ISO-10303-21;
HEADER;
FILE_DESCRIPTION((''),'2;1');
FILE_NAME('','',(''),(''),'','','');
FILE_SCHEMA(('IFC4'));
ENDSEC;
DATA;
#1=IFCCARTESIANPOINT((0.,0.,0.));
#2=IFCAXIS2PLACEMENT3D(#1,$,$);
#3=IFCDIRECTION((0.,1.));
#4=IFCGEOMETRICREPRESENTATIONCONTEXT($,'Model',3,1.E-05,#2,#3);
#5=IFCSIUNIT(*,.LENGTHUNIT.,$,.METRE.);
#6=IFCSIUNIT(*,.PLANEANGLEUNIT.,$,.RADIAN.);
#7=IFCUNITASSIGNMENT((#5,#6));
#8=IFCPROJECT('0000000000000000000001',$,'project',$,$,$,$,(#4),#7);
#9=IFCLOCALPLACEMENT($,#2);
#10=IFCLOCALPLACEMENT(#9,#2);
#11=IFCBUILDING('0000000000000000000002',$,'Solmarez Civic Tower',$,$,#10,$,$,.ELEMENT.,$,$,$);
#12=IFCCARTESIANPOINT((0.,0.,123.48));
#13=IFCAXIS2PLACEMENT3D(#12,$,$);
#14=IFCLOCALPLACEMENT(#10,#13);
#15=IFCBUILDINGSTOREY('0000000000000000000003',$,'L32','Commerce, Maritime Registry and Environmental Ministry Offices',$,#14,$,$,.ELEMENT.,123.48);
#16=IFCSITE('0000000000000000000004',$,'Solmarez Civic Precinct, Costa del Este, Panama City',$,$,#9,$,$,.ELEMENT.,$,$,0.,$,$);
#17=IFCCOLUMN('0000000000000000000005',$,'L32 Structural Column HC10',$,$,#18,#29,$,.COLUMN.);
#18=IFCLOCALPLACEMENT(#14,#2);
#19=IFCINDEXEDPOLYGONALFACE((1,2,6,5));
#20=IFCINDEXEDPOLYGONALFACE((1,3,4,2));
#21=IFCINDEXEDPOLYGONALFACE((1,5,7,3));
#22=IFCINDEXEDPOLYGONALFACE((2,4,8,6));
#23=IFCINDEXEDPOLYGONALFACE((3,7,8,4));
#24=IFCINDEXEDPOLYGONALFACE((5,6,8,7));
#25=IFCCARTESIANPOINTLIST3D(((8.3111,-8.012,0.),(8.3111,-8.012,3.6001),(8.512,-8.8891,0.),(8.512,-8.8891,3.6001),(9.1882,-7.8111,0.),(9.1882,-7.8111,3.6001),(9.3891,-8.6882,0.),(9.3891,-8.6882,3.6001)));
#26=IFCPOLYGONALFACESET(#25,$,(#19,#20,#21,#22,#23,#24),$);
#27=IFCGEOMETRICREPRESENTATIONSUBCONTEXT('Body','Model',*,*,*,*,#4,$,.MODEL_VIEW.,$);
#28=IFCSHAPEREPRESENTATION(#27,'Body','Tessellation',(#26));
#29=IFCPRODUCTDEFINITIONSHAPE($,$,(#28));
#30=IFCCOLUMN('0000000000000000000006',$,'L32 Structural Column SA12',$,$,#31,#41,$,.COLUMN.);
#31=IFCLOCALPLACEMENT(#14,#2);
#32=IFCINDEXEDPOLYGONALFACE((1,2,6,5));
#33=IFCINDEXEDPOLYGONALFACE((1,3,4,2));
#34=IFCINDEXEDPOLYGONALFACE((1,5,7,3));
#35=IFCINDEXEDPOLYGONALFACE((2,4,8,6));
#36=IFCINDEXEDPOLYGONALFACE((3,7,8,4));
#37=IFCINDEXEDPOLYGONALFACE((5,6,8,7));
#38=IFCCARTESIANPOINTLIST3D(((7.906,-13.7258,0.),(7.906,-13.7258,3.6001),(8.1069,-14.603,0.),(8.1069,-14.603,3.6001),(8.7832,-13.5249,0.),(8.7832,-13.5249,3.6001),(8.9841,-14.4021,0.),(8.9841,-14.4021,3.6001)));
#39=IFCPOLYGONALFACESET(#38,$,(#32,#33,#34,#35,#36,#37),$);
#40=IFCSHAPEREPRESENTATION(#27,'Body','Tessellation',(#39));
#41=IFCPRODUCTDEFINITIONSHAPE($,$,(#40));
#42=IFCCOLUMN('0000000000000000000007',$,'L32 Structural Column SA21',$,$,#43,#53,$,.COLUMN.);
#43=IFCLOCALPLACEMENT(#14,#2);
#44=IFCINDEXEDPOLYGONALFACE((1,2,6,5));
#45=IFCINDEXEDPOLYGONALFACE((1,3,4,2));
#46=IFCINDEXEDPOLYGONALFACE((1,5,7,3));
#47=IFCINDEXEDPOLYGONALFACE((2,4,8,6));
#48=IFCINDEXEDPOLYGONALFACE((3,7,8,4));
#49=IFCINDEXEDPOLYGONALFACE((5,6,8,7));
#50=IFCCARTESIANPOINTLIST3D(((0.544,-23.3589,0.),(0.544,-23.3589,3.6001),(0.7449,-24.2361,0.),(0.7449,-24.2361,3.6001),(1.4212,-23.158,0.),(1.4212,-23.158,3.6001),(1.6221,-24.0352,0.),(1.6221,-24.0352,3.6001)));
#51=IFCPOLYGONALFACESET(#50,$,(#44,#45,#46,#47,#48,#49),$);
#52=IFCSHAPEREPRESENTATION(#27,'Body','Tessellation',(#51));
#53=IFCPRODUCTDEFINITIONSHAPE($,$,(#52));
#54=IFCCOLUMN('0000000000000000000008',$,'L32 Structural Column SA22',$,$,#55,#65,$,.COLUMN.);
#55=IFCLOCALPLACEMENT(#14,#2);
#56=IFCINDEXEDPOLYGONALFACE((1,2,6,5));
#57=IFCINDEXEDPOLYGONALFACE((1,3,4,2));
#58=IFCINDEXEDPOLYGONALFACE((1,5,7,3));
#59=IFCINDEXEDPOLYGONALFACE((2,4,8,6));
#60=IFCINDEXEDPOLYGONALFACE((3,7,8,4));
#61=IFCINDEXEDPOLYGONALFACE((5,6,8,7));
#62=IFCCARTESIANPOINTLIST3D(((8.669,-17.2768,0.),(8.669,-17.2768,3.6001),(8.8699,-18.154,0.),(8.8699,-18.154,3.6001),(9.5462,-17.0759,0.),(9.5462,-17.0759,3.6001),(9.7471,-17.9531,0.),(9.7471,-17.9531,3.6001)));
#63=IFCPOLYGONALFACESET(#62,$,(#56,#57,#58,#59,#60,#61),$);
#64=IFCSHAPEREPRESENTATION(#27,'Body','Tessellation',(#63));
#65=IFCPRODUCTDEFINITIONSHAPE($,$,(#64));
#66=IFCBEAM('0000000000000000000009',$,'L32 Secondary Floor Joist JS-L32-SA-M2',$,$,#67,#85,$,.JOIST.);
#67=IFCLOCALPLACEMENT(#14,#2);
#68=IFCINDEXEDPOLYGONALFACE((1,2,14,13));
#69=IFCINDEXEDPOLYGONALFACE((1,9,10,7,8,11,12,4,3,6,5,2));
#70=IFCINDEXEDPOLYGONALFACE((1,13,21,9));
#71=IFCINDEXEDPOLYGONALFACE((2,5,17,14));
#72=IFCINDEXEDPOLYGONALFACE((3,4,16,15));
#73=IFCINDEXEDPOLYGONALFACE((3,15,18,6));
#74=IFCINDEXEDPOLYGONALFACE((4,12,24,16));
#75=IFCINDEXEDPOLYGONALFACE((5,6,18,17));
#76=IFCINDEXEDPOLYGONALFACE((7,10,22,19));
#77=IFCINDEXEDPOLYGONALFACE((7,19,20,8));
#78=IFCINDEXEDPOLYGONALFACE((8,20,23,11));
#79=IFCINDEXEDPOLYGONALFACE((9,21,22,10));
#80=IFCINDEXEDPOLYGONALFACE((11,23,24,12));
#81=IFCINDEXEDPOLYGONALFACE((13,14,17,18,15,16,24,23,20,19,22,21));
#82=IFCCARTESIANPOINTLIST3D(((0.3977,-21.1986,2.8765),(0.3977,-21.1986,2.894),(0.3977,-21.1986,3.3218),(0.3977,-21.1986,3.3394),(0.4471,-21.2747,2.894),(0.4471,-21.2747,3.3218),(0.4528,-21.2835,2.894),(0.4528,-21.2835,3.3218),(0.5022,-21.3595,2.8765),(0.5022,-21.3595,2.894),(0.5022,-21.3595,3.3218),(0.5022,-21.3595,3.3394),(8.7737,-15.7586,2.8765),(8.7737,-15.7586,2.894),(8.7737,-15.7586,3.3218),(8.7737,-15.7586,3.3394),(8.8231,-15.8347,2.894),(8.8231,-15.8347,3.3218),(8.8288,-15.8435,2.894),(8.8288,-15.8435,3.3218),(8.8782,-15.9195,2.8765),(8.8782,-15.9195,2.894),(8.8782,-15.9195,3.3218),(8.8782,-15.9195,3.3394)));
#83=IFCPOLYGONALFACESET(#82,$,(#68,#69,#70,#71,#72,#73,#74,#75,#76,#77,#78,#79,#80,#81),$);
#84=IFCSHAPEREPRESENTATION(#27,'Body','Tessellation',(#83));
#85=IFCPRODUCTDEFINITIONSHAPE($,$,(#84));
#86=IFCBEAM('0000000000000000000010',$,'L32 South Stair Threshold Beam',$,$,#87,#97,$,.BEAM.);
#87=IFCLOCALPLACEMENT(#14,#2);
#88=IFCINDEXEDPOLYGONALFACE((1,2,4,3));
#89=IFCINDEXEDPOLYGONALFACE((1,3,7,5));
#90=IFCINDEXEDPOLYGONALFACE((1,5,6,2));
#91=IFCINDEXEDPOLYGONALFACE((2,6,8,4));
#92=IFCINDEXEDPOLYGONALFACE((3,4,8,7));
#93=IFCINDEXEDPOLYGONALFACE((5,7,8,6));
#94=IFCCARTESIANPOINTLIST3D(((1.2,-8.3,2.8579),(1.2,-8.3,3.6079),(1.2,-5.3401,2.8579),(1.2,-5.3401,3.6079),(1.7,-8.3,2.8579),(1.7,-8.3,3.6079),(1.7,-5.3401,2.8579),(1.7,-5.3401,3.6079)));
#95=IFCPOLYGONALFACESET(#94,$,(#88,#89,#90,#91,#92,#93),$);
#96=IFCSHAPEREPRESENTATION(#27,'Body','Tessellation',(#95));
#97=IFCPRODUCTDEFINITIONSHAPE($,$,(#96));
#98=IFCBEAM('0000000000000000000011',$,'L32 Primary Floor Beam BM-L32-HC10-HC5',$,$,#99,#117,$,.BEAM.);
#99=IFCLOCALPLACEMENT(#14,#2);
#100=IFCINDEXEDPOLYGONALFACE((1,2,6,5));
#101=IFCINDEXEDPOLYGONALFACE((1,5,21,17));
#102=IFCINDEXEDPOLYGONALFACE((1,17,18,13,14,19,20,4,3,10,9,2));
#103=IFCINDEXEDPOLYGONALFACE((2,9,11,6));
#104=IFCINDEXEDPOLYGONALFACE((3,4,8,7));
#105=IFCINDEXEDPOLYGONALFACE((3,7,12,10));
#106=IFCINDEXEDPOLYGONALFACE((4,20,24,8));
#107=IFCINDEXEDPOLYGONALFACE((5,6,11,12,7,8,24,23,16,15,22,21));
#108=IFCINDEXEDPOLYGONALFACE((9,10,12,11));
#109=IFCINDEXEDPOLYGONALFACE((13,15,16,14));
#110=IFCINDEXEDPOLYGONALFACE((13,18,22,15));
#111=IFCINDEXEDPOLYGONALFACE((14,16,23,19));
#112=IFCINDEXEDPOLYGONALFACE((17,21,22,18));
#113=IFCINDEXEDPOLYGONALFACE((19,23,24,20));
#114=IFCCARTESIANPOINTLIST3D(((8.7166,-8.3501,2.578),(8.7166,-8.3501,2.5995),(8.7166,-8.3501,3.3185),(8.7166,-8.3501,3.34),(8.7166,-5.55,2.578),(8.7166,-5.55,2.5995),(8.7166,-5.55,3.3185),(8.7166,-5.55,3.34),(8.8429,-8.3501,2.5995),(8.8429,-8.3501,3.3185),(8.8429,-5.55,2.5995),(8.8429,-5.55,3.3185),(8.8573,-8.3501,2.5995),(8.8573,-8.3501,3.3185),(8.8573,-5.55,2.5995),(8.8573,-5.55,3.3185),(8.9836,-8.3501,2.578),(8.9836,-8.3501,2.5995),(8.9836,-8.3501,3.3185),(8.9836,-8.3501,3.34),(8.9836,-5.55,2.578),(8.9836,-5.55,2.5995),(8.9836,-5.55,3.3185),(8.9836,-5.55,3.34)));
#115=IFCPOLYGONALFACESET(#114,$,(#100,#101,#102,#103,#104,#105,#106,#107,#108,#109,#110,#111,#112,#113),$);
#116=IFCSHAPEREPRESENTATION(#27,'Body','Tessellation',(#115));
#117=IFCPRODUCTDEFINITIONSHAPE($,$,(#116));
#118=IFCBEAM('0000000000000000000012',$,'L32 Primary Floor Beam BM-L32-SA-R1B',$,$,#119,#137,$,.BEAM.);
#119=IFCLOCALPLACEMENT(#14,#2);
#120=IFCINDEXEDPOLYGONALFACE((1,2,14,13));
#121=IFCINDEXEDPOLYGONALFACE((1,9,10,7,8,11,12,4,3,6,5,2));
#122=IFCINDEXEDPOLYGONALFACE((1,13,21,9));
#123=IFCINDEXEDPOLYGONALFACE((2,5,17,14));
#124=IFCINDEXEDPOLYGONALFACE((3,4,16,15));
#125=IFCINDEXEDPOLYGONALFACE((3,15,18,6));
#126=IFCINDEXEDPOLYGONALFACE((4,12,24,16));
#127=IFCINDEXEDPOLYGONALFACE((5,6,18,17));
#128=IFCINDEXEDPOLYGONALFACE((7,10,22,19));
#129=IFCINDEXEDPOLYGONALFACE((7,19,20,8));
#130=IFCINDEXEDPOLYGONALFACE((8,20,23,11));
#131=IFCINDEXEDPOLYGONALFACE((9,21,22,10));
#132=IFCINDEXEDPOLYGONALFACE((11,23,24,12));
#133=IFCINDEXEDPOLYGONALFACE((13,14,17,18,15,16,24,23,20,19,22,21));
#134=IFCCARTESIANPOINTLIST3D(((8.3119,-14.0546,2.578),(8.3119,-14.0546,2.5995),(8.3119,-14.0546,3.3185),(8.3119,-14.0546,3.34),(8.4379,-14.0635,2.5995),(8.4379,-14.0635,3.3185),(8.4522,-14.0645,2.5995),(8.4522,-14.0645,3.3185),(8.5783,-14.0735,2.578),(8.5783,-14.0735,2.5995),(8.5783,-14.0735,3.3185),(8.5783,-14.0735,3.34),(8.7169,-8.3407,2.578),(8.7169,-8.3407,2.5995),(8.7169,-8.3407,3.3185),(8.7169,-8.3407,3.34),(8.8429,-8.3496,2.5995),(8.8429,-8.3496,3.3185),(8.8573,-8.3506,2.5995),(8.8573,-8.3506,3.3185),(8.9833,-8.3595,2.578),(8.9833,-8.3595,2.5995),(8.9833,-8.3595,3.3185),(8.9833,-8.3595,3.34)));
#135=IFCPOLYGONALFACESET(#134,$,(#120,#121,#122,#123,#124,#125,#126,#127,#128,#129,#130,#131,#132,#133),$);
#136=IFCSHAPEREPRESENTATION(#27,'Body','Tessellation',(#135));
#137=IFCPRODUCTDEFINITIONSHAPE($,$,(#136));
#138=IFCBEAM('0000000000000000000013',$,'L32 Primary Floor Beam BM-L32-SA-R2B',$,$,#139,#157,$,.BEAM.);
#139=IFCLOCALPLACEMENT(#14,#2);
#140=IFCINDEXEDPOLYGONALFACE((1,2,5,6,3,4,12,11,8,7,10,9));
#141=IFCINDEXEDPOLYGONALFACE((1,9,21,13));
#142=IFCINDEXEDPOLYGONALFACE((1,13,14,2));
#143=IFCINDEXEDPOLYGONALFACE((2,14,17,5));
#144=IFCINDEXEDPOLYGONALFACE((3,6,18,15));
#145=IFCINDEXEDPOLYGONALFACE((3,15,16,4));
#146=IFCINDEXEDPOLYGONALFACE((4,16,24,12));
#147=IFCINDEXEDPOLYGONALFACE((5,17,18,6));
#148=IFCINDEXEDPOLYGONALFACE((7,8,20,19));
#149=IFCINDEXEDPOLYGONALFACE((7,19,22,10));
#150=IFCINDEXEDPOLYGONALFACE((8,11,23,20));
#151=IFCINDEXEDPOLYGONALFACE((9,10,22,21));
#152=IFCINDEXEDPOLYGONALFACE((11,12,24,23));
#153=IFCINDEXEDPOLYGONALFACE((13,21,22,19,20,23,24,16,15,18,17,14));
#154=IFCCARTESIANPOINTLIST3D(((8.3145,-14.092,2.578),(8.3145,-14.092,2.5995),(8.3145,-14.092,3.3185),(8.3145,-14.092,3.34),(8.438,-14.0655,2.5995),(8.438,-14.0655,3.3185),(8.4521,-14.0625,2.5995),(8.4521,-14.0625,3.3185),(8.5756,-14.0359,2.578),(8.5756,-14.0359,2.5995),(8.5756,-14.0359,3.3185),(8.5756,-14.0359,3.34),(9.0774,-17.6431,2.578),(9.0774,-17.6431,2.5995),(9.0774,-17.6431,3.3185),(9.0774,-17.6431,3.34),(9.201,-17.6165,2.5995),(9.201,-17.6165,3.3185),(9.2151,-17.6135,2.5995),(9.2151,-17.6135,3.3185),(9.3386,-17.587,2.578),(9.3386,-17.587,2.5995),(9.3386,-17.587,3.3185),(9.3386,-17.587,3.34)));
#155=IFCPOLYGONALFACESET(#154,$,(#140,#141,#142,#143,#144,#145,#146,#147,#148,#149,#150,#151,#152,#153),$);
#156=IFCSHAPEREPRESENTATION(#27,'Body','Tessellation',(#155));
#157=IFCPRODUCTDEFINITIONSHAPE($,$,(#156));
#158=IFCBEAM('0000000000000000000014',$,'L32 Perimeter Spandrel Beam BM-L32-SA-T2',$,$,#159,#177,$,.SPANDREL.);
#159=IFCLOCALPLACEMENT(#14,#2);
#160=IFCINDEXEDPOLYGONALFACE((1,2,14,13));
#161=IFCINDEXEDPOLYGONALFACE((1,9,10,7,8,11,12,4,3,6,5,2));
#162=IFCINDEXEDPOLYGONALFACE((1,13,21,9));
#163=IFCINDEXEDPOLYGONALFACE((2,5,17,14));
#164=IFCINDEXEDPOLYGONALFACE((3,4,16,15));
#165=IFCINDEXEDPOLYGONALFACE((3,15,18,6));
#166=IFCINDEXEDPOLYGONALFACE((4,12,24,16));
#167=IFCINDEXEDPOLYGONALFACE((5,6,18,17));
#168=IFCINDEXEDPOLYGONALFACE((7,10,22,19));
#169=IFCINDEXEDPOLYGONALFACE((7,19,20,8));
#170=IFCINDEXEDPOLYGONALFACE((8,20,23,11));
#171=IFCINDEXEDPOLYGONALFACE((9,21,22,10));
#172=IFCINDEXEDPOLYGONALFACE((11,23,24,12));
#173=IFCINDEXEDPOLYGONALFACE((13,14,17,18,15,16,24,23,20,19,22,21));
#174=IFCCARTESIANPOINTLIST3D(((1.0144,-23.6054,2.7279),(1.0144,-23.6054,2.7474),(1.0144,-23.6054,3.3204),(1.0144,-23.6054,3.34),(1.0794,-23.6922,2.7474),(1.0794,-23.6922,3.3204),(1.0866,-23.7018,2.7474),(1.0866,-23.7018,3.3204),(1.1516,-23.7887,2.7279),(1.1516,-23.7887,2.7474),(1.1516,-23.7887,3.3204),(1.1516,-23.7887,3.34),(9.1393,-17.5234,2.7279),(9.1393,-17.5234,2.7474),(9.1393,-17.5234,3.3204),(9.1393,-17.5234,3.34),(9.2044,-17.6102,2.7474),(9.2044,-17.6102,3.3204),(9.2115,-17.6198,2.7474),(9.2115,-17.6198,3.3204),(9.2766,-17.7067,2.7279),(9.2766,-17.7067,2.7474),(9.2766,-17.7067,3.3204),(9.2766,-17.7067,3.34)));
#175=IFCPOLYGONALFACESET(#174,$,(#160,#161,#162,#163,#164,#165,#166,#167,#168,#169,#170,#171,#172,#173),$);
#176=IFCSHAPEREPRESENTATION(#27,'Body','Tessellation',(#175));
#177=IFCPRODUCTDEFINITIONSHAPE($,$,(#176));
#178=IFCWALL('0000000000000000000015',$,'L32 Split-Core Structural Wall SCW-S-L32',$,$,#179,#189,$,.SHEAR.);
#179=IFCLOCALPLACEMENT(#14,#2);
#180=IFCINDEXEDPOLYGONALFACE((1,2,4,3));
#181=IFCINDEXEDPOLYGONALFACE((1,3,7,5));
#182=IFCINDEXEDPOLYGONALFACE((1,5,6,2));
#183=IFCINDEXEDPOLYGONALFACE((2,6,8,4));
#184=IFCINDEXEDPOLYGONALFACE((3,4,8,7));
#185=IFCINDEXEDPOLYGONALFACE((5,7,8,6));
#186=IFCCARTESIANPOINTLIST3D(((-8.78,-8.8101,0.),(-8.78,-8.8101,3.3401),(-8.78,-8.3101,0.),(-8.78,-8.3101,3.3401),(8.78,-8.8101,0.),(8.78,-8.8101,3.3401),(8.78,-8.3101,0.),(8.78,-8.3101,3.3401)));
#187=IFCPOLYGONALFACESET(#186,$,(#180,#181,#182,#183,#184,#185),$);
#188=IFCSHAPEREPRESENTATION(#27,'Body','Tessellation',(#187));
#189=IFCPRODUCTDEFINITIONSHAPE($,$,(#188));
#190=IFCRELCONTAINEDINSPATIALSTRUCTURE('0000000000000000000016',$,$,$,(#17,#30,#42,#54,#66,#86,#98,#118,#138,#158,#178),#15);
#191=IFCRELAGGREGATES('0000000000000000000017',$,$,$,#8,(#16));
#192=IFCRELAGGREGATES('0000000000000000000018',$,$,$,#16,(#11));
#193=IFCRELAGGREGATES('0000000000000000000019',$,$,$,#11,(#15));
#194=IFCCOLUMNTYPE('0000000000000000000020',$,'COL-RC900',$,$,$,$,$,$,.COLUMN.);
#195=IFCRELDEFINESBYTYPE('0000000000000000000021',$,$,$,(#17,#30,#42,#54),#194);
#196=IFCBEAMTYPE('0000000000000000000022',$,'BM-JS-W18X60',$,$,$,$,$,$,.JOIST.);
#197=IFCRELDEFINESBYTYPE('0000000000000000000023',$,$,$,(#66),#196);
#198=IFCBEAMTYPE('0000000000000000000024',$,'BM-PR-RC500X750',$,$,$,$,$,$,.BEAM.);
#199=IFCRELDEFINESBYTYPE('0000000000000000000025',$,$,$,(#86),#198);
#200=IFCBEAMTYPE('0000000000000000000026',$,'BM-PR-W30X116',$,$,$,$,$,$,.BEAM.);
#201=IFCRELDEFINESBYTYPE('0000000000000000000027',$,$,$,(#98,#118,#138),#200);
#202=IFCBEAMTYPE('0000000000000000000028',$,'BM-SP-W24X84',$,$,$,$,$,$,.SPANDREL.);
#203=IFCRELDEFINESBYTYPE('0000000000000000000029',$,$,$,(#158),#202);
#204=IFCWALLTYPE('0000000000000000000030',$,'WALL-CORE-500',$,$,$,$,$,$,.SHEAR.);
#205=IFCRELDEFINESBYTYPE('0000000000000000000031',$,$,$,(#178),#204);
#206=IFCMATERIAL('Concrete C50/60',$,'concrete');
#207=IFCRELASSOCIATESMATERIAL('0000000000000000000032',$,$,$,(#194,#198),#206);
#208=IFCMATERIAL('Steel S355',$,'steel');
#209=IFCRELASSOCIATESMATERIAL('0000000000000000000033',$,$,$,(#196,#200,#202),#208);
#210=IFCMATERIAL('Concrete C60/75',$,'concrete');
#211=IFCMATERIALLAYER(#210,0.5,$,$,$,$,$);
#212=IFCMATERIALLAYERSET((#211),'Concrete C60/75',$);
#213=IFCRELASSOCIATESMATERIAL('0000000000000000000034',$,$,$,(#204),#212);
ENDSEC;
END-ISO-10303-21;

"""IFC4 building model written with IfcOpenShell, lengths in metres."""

from ifc_helpers import new_model, si_unit, direction, frame, frame_2d, origin, origin_2d, place, context, subcontext, project, spatial, rectangle, i_section, extrude, material, layer, layer_set, material_profile, profile_set, type_object, element, save


model = new_model("IFC4")

# Units and contexts
model_context = context("Model", 3, precision=1e-05, world=origin(), true_north=direction((0.0, 1.0)))
body_context = subcontext(model_context, "Body", "Model", "MODEL_VIEW")
ifc_project = project(units=[si_unit("LENGTHUNIT", "METRE"), si_unit("PLANEANGLEUNIT", "RADIAN")], contexts=[model_context])

# Site, building, storey
site_placement = place(None, origin())
site = spatial("IfcSite", under=ifc_project, at=site_placement, Name="Solmarez Civic Precinct, Costa del Este, Panama City", CompositionType="ELEMENT", RefElevation=0.0)
building_placement = place(site_placement, origin())
building = spatial("IfcBuilding", under=site, at=building_placement, Name="Solmarez Civic Tower", CompositionType="ELEMENT")
storey_placement = place(building_placement, frame((0.0, 0.0, 123.48)))
storey = spatial("IfcBuildingStorey", under=building, at=storey_placement, Name="L32", Description="Commerce, Maritime Registry and Environmental Ministry Offices", CompositionType="ELEMENT", Elevation=123.48)

# Columns
ifc_material_1 = material(Name="Concrete C50/60", Category="concrete")
ifc_material_profile_1 = material_profile(ifc_material_1, rectangle(XDim=0.8999, YDim=0.8999, at=origin_2d()), Name="RC900X900")
ifc_profile_set_1 = profile_set([ifc_material_profile_1], Name="Concrete C50/60")
column_type = type_object("IfcColumnType", Name="COL-RC900", PredefinedType="COLUMN", material=ifc_profile_set_1)
for number, where, z_axis, x_axis, name in (
    (1, (8.8501, -8.3501, 0.0), (0.0, 0.0, 1.0), (0.974761, 0.22325, 0.0), "L32 Structural Column HC10"),
    (2, (8.4451, -14.064, 0.0), (0.0, 0.0, 1.0), (0.974761, 0.22325, 0.0), "L32 Structural Column SA12"),
    (3, (1.083, -23.697, 0.0), (0.0, 0.0, 1.0), (0.974761, 0.22325, 0.0), "L32 Structural Column SA21"),
    (4, (9.208, -17.615, 0.0), (0.0, 0.0, 1.0), (0.974761, 0.22325, 0.0), "L32 Structural Column SA22"),
):
    element("IfcColumn", number, at=place(storey_placement, frame(where, z_axis=z_axis, x_axis=x_axis)), inside=storey, type_object=column_type, Name=name, PredefinedType="COLUMN", context=body_context, shape_type="SweptSolid", body=[
        extrude(rectangle(XDim=0.8999, YDim=0.8999, at=origin_2d()), origin(), (0.0, 0.0, 1.0), 3.6001),
    ])

# Beams
ifc_material_2 = material(Name="Steel S355", Category="steel")
ifc_material_profile_2 = material_profile(ifc_material_2, i_section(OverallWidth=0.1919, OverallDepth=0.4629, WebThickness=0.0105, FlangeThickness=0.0176, at=origin_2d()), Name="W18X60")
ifc_profile_set_2 = profile_set([ifc_material_profile_2], Name="Steel S355")
beam_type_1 = type_object("IfcBeamType", Name="BM-JS-W18X60", PredefinedType="JOIST", material=ifc_profile_set_2)
beam_1_placement = place(storey_placement, frame((0.45, -21.2791, 3.1079), z_axis=(0.838647, 0.544676, 0.0), x_axis=(-0.544676, 0.838647, 0.0)))
element("IfcBeam", 5, at=beam_1_placement, inside=storey, type_object=beam_type_1, Name="L32 Secondary Floor Joist JS-L32-SA-M2", PredefinedType="JOIST", context=body_context, shape_type="SweptSolid", body=[
    extrude(i_section(OverallWidth=0.1919, OverallDepth=0.4629, WebThickness=0.0105, FlangeThickness=0.0176, at=origin_2d()), origin(), (0.0, 0.0, 1.0), 9.9875),
])
ifc_material_profile_3 = material_profile(ifc_material_1, rectangle(XDim=0.5, YDim=0.75, at=origin_2d()), Name="RC500X750")
ifc_profile_set_3 = profile_set([ifc_material_profile_3], Name="Concrete C50/60")
beam_type_2 = type_object("IfcBeamType", Name="BM-PR-RC500X750", PredefinedType="BEAM", material=ifc_profile_set_3)
beam_2_placement = place(storey_placement, frame((1.45, -8.3, 3.2329), z_axis=(0.0, 1.0, 0.0), x_axis=(-1.0, 0.0, 0.0)))
element("IfcBeam", 6, at=beam_2_placement, inside=storey, type_object=beam_type_2, Name="L32 South Stair Threshold Beam", PredefinedType="BEAM", context=body_context, shape_type="SweptSolid", body=[
    extrude(rectangle(XDim=0.5, YDim=0.75, at=origin_2d()), origin(), (0.0, 0.0, 1.0), 2.96),
])
ifc_material_profile_4 = material_profile(ifc_material_2, i_section(OverallWidth=0.2671, OverallDepth=0.762, WebThickness=0.0144, FlangeThickness=0.0215, at=origin_2d()), Name="W30X116")
ifc_profile_set_4 = profile_set([ifc_material_profile_4], Name="Steel S355")
beam_type_3 = type_object("IfcBeamType", Name="BM-PR-W30X116", PredefinedType="BEAM", material=ifc_profile_set_4)
beam_3_placement = place(storey_placement, frame((8.8501, -8.3501, 2.959), z_axis=(0.0, 1.0, 0.0), x_axis=(-1.0, 0.0, 0.0)))
element("IfcBeam", 7, at=beam_3_placement, inside=storey, type_object=beam_type_3, Name="L32 Primary Floor Beam BM-L32-HC10-HC5", PredefinedType="BEAM", context=body_context, shape_type="SweptSolid", body=[
    extrude(i_section(OverallWidth=0.2671, OverallDepth=0.762, WebThickness=0.0144, FlangeThickness=0.0215, at=origin_2d()), origin(), (0.0, 0.0, 1.0), 2.8),
])
beam_4_placement = place(storey_placement, frame((8.8501, -8.3501, 2.959), z_axis=(-0.070708, -0.997497, 0.0), x_axis=(0.997497, -0.070708, 0.0)))
element("IfcBeam", 8, at=beam_4_placement, inside=storey, type_object=beam_type_3, Name="L32 Primary Floor Beam BM-L32-SA-R1B", PredefinedType="BEAM", context=body_context, shape_type="SweptSolid", body=[
    extrude(i_section(OverallWidth=0.2671, OverallDepth=0.762, WebThickness=0.0144, FlangeThickness=0.0215, at=origin_2d()), origin(), (0.0, 0.0, 1.0), 5.7283),
])
beam_5_placement = place(storey_placement, frame((8.4451, -14.064, 2.959), z_axis=(0.210057, -0.977689, 0.0), x_axis=(0.977689, 0.210057, 0.0)))
element("IfcBeam", 9, at=beam_5_placement, inside=storey, type_object=beam_type_3, Name="L32 Primary Floor Beam BM-L32-SA-R2B", PredefinedType="BEAM", context=body_context, shape_type="SweptSolid", body=[
    extrude(i_section(OverallWidth=0.2671, OverallDepth=0.762, WebThickness=0.0144, FlangeThickness=0.0215, at=origin_2d()), origin(), (0.0, 0.0, 1.0), 3.6321),
])
ifc_material_profile_5 = material_profile(ifc_material_2, i_section(OverallWidth=0.229, OverallDepth=0.6121, WebThickness=0.012, FlangeThickness=0.0195, at=origin_2d()), Name="W24X84")
ifc_profile_set_5 = profile_set([ifc_material_profile_5], Name="Steel S355")
beam_type_4 = type_object("IfcBeamType", Name="BM-SP-W24X84", PredefinedType="SPANDREL", material=ifc_profile_set_5)
beam_6_placement = place(storey_placement, frame((1.083, -23.697, 3.0339), z_axis=(0.800554, 0.599261, 0.0), x_axis=(-0.599261, 0.800554, 0.0)))
element("IfcBeam", 10, at=beam_6_placement, inside=storey, type_object=beam_type_4, Name="L32 Perimeter Spandrel Beam BM-L32-SA-T2", PredefinedType="SPANDREL", context=body_context, shape_type="SweptSolid", body=[
    extrude(i_section(OverallWidth=0.229, OverallDepth=0.6121, WebThickness=0.012, FlangeThickness=0.0195, at=origin_2d()), origin(), (0.0, 0.0, 1.0), 10.1492),
])

# Wall
ifc_material_3 = material(Name="Concrete C60/75", Category="concrete")
ifc_layer_1 = layer(ifc_material_3, 0.5)
ifc_layer_set_1 = layer_set([ifc_layer_1], Name="Concrete C60/75")
wall_type_1 = type_object("IfcWallType", Name="WALL-CORE-500", PredefinedType="SHEAR", material=ifc_layer_set_1)
wall_1_placement = place(storey_placement, frame((8.78, -8.5601, 0.0), z_axis=(0.0, 0.0, 1.0), x_axis=(-1.0, 0.0, 0.0)))
element("IfcWall", 11, at=wall_1_placement, inside=storey, type_object=wall_type_1, Name="L32 Split-Core Structural Wall SCW-S-L32", PredefinedType="SHEAR", context=body_context, shape_type="SweptSolid", body=[
    extrude(rectangle(XDim=17.5601, YDim=0.5, at=frame_2d((8.78, 0.0))), origin(), (0.0, 0.0, 1.0), 3.3401),
])

save(model, "model.ifc")
